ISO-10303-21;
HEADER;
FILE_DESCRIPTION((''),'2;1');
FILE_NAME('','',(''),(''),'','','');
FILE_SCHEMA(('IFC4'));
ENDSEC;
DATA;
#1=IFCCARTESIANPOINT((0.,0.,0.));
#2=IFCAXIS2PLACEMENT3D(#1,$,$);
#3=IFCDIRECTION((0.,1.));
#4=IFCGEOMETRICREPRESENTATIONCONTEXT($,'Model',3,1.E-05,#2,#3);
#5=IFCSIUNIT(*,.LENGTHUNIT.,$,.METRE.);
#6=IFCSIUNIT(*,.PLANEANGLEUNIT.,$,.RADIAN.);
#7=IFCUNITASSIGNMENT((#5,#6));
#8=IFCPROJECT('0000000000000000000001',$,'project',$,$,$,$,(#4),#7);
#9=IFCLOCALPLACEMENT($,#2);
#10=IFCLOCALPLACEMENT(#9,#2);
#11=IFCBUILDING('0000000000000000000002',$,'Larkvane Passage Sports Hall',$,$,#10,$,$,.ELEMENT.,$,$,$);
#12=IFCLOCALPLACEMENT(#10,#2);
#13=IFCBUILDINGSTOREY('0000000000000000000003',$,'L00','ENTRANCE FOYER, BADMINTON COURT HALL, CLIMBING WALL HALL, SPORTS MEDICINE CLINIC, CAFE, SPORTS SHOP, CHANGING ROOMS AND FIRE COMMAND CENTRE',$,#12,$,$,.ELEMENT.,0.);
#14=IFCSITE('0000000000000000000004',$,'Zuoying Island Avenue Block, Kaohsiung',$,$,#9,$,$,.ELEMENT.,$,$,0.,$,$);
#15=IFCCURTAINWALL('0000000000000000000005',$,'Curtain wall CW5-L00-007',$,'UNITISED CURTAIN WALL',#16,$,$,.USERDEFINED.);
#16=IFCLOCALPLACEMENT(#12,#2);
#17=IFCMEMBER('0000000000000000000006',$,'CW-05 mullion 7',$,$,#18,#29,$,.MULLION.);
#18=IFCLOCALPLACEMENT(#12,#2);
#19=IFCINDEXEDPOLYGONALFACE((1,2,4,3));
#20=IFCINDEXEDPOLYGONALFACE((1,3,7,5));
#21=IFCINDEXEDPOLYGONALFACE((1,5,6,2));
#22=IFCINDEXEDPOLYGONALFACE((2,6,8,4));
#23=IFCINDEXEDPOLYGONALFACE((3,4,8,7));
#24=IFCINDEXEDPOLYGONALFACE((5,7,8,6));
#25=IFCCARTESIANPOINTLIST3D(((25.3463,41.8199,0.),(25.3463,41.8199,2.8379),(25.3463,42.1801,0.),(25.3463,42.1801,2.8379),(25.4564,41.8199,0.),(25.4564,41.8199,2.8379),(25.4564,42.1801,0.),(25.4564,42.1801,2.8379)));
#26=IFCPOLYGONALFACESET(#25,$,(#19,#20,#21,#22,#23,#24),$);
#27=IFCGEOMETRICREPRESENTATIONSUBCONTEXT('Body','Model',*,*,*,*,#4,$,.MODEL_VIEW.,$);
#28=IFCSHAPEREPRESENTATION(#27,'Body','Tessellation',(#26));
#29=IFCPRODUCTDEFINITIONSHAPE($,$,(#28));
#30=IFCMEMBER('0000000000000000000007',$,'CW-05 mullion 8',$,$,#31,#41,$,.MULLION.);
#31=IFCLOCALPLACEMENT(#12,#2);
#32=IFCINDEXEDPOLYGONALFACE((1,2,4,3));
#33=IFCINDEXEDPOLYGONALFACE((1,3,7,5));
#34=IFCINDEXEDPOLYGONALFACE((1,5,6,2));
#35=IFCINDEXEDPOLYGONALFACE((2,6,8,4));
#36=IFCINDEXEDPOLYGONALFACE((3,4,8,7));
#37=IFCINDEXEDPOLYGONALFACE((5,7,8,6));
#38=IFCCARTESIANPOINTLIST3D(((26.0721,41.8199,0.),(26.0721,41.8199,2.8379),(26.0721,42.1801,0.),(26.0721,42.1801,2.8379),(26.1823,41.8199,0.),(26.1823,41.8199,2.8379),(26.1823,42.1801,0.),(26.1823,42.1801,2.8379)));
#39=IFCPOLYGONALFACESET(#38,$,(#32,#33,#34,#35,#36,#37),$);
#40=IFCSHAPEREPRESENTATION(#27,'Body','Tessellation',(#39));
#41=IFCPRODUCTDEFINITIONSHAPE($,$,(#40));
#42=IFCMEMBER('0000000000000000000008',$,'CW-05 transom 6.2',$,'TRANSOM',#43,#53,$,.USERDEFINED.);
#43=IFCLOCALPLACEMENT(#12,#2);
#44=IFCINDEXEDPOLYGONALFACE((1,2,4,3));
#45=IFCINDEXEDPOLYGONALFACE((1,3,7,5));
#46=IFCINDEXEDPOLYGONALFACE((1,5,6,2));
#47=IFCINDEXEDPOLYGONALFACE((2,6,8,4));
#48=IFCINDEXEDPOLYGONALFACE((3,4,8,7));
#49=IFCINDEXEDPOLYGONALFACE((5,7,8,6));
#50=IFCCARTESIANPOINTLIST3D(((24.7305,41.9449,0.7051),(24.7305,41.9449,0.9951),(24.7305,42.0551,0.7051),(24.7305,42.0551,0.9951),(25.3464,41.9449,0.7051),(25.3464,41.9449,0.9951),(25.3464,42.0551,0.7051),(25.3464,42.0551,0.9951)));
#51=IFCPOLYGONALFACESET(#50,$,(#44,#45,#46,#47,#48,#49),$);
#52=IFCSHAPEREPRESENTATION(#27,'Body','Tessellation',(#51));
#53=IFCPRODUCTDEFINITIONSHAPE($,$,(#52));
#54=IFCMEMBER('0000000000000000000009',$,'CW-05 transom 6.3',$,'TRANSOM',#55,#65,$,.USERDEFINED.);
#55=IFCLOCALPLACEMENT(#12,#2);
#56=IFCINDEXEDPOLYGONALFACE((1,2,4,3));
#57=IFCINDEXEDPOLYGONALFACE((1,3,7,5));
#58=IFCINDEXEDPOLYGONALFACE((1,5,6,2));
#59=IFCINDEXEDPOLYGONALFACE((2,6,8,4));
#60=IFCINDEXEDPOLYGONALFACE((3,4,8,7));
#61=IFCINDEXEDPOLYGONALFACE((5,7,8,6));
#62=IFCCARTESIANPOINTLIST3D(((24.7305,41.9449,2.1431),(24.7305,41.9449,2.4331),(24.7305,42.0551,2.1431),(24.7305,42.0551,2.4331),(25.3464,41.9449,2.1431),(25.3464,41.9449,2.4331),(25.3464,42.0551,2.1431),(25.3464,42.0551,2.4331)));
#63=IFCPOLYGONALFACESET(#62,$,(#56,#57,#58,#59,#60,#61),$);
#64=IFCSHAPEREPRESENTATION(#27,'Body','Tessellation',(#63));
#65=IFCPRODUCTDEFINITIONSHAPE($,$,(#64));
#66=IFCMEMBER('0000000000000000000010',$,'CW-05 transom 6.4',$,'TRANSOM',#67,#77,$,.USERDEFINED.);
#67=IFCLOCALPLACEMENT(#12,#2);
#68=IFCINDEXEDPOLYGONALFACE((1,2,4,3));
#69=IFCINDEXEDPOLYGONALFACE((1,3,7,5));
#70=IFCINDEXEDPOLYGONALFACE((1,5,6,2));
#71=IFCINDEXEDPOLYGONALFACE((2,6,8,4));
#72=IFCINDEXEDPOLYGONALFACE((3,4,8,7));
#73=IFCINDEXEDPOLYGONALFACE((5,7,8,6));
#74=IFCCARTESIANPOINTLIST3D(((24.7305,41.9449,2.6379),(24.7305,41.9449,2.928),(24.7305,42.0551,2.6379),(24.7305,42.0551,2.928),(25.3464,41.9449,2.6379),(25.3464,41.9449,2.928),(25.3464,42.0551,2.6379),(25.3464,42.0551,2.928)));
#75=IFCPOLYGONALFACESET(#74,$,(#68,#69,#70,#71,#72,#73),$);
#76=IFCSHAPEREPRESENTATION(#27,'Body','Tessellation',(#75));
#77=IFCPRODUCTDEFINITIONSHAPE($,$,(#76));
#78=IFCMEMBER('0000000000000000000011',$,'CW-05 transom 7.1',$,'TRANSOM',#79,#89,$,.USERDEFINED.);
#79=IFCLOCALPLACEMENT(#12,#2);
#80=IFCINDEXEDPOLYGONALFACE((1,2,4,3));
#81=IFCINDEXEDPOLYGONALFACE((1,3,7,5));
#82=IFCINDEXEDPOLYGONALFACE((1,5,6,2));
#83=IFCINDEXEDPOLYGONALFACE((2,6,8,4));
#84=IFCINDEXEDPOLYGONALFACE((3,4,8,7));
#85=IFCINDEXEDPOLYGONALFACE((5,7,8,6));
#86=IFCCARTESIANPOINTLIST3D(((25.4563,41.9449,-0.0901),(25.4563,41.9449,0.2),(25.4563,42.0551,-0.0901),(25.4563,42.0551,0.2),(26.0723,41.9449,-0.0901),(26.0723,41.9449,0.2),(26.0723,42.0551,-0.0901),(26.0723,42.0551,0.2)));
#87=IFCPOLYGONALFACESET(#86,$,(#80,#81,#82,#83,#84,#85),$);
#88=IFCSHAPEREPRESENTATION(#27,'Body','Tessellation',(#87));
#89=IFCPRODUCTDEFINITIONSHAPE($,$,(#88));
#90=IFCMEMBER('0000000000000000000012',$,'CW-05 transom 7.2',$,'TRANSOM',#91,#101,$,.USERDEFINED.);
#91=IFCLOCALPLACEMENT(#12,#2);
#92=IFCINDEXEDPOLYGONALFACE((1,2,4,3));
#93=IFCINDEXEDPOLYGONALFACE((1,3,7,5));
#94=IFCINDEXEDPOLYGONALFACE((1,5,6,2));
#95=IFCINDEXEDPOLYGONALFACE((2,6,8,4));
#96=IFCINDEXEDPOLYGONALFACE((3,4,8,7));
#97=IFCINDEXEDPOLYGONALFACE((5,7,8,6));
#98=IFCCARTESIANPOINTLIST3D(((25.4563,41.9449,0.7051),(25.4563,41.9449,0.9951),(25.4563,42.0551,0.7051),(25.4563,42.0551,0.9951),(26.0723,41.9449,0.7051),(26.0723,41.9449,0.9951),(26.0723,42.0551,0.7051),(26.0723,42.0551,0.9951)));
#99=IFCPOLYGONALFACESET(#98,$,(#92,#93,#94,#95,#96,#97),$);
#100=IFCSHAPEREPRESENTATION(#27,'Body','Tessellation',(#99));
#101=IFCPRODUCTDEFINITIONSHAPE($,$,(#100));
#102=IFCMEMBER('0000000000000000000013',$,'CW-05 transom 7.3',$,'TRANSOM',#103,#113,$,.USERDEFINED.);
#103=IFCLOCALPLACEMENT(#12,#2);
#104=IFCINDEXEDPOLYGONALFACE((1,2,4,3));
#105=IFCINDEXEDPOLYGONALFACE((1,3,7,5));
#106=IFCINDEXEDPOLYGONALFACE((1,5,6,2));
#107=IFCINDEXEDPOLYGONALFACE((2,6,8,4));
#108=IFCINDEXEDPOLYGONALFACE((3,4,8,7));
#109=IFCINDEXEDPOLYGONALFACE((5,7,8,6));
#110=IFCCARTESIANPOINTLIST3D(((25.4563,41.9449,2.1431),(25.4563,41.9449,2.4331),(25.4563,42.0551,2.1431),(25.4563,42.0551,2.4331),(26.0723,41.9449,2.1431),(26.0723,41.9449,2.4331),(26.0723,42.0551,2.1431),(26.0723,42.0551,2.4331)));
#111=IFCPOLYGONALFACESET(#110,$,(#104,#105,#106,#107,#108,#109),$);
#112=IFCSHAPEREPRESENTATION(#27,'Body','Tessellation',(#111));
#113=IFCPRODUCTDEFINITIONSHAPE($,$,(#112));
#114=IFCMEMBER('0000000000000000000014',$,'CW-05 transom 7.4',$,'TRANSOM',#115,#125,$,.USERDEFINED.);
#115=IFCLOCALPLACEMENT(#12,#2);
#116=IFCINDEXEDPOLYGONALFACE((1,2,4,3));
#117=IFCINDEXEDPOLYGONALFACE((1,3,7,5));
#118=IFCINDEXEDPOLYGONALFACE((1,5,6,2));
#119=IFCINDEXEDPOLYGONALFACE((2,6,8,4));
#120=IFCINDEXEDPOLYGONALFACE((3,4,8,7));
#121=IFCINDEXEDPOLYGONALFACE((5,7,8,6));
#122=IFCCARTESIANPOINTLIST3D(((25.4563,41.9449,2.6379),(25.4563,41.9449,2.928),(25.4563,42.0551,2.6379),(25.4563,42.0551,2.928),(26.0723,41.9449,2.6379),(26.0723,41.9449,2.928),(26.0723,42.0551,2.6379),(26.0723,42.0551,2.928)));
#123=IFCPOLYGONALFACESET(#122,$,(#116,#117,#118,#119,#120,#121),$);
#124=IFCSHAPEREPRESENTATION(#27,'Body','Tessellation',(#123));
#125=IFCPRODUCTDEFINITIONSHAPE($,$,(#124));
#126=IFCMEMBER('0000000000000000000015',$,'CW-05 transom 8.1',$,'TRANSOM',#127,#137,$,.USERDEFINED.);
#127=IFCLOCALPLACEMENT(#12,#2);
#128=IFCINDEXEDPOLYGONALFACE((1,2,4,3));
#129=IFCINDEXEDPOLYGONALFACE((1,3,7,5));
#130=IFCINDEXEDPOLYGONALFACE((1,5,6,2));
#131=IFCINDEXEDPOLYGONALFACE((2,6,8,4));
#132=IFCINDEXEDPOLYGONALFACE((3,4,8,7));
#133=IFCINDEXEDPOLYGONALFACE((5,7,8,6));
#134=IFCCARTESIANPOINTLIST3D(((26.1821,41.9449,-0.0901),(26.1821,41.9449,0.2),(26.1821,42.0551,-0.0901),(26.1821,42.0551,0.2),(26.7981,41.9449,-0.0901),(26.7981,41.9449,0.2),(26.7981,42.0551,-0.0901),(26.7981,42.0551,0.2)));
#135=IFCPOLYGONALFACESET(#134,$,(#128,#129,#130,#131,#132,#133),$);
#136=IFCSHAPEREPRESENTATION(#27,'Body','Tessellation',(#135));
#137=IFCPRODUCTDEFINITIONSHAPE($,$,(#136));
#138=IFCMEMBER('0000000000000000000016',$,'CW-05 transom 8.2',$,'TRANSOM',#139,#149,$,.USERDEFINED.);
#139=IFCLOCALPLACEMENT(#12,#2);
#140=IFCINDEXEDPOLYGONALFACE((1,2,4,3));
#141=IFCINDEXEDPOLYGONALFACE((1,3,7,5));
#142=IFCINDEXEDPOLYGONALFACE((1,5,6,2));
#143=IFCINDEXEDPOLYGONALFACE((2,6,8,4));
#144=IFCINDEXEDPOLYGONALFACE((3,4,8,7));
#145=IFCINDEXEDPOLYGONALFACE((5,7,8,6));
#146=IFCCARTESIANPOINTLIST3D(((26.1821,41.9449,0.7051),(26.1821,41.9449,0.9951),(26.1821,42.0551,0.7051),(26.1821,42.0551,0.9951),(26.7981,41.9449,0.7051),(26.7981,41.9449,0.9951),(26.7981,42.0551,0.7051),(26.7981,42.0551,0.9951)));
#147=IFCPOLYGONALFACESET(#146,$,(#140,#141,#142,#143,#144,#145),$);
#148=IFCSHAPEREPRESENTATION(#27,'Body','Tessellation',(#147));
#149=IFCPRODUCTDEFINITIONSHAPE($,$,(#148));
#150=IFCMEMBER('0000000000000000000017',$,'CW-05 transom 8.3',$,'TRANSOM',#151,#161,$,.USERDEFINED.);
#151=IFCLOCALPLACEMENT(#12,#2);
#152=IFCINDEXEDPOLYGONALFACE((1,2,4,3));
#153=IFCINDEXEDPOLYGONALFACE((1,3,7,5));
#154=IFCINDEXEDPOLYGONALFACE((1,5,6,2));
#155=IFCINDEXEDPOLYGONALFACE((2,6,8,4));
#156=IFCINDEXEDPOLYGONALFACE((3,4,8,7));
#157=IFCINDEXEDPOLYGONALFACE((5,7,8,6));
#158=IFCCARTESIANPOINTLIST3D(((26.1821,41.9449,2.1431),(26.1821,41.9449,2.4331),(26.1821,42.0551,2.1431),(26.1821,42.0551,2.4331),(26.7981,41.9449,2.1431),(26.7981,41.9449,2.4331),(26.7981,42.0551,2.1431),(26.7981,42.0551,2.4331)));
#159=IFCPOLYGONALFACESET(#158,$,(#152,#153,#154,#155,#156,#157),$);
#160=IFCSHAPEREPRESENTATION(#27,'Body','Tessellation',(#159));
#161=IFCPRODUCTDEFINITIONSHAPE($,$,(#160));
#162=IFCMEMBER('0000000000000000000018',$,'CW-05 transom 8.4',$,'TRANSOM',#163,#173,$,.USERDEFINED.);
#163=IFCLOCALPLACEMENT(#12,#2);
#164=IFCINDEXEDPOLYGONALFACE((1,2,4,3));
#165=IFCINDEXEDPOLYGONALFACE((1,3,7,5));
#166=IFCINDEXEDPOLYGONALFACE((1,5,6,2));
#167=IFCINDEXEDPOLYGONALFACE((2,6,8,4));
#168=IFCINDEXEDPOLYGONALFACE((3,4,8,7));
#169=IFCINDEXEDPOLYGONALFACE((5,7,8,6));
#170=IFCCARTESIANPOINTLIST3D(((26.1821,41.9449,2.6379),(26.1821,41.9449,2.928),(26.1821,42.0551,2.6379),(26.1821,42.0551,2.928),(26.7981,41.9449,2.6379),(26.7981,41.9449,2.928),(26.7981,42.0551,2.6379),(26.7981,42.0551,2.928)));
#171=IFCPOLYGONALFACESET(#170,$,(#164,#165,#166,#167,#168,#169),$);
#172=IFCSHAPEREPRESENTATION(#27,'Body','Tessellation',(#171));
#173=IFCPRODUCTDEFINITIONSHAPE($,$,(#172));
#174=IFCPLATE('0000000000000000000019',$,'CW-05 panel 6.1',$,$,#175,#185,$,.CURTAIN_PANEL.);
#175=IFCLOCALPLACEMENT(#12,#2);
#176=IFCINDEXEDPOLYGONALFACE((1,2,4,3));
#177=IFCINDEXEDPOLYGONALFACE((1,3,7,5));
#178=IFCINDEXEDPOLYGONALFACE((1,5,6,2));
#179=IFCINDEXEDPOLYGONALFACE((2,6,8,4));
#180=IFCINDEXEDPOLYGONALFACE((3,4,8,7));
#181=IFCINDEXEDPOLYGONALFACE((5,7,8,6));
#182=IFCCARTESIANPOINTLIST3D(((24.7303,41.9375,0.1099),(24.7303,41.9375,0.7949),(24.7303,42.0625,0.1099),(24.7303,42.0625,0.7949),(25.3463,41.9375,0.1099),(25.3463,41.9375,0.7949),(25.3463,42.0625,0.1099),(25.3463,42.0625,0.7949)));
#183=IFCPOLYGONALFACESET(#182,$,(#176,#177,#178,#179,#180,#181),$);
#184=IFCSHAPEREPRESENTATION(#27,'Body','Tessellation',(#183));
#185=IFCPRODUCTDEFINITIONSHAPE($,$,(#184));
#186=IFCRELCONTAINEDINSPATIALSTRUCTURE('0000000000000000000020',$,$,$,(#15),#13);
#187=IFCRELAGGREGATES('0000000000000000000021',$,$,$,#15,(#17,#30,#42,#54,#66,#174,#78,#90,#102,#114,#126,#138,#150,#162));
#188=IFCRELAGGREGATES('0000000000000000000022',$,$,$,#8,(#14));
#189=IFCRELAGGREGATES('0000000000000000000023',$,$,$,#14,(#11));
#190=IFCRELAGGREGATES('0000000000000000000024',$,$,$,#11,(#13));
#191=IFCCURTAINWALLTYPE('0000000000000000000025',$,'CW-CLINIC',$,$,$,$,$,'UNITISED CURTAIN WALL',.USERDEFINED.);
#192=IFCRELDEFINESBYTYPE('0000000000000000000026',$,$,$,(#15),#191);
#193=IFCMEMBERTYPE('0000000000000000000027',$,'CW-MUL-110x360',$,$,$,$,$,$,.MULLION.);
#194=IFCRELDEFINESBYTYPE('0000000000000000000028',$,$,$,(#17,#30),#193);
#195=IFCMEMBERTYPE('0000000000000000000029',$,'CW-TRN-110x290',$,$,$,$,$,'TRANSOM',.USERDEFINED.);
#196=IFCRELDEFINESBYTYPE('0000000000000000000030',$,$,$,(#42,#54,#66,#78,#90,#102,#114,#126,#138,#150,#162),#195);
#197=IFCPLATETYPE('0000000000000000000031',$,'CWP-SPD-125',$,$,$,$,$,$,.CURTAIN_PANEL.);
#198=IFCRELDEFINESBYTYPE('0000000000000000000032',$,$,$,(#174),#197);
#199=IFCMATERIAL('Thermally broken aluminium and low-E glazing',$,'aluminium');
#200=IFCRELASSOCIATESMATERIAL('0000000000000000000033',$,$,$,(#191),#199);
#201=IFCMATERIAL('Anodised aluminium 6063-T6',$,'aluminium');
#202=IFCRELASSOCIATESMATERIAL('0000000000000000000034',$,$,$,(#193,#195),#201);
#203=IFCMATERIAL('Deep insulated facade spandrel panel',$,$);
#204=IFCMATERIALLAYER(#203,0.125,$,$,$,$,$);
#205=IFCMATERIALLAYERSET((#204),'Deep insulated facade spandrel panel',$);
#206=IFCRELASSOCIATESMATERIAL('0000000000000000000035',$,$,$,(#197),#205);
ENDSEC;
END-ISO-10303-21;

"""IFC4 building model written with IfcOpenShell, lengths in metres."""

from ifc_helpers import new_model, si_unit, direction, frame, origin, origin_2d, place, context, subcontext, project, spatial, rectangle, extrude, material, layer, layer_set, material_profile, profile_set, type_object, element, aggregate, save


model = new_model("IFC4")

# Units and contexts
model_context = context("Model", 3, precision=1e-05, world=origin(), true_north=direction((0.0, 1.0)))
body_context = subcontext(model_context, "Body", "Model", "MODEL_VIEW")
ifc_project = project(units=[si_unit("LENGTHUNIT", "METRE"), si_unit("PLANEANGLEUNIT", "RADIAN")], contexts=[model_context])

# Site, building, storey
site_placement = place(None, origin())
site = spatial("IfcSite", under=ifc_project, at=site_placement, Name="Zuoying Island Avenue Block, Kaohsiung", CompositionType="ELEMENT", RefElevation=0.0)
building_placement = place(site_placement, origin())
building = spatial("IfcBuilding", under=site, at=building_placement, Name="Larkvane Passage Sports Hall", CompositionType="ELEMENT")
storey_placement = place(building_placement, origin())
storey = spatial("IfcBuildingStorey", under=building, at=storey_placement, Name="L00", Description="ENTRANCE FOYER, BADMINTON COURT HALL, CLIMBING WALL HALL, SPORTS MEDICINE CLINIC, CAFE, SPORTS SHOP, CHANGING ROOMS AND FIRE COMMAND CENTRE", CompositionType="ELEMENT", Elevation=0.0)

# Curtain wall, members, plate
ifc_material_1 = material(Name="Thermally broken aluminium and low-E glazing", Category="aluminium")
curtain_wall_type = type_object("IfcCurtainWallType", Name="CW-CLINIC", ElementType="UNITISED CURTAIN WALL", PredefinedType="USERDEFINED", material=ifc_material_1)
curtain_wall_placement = place(storey_placement, origin())
curtain_wall = element("IfcCurtainWall", 1, at=curtain_wall_placement, inside=storey, type_object=curtain_wall_type, Name="Curtain wall CW5-L00-007", ObjectType="UNITISED CURTAIN WALL", PredefinedType="USERDEFINED")
ifc_material_2 = material(Name="Anodised aluminium 6063-T6", Category="aluminium")
ifc_material_profile_1 = material_profile(ifc_material_2, rectangle(XDim=0.1101, YDim=0.3601, at=origin_2d()), Name="ALU-MUL-110x360")
ifc_profile_set_1 = profile_set([ifc_material_profile_1], Name="Anodised aluminium 6063-T6")
member_type_1 = type_object("IfcMemberType", Name="CW-MUL-110x360", PredefinedType="MULLION", material=ifc_profile_set_1)
member_1_placement = place(storey_placement, frame((25.4014, 42.0, 0.0), z_axis=(0.0, 0.0, 1.0), x_axis=(1.0, 0.0, 0.0)))
member_1 = element("IfcMember", 2, at=member_1_placement, type_object=member_type_1, Name="CW-05 mullion 7", PredefinedType="MULLION", context=body_context, shape_type="SweptSolid", body=[
    extrude(rectangle(XDim=0.1101, YDim=0.3601, at=origin_2d()), origin(), (0.0, 0.0, 1.0), 2.8379),
])
member_2_placement = place(storey_placement, frame((26.1272, 42.0, 0.0), z_axis=(0.0, 0.0, 1.0), x_axis=(1.0, 0.0, 0.0)))
member_2 = element("IfcMember", 3, at=member_2_placement, type_object=member_type_1, Name="CW-05 mullion 8", PredefinedType="MULLION", context=body_context, shape_type="SweptSolid", body=[
    extrude(rectangle(XDim=0.1101, YDim=0.3601, at=origin_2d()), origin(), (0.0, 0.0, 1.0), 2.8379),
])
ifc_material_profile_2 = material_profile(ifc_material_2, rectangle(XDim=0.1101, YDim=0.29, at=origin_2d()), Name="ALU-TRN-110x290")
ifc_profile_set_2 = profile_set([ifc_material_profile_2], Name="Anodised aluminium 6063-T6")
member_type_2 = type_object("IfcMemberType", Name="CW-TRN-110x290", ElementType="TRANSOM", PredefinedType="USERDEFINED", material=ifc_profile_set_2)
member_3_placement = place(storey_placement, frame((24.7305, 42.0, 0.8501), z_axis=(1.0, 0.0, 0.0), x_axis=(0.0, 1.0, 0.0)))
member_3 = element("IfcMember", 4, at=member_3_placement, type_object=member_type_2, Name="CW-05 transom 6.2", ObjectType="TRANSOM", PredefinedType="USERDEFINED", context=body_context, shape_type="SweptSolid", body=[
    extrude(rectangle(XDim=0.1101, YDim=0.29, at=origin_2d()), origin(), (0.0, 0.0, 1.0), 0.616),
])
member_4_placement = place(storey_placement, frame((24.7305, 42.0, 2.2881), z_axis=(1.0, 0.0, 0.0), x_axis=(0.0, 1.0, 0.0)))
member_4 = element("IfcMember", 5, at=member_4_placement, type_object=member_type_2, Name="CW-05 transom 6.3", ObjectType="TRANSOM", PredefinedType="USERDEFINED", context=body_context, shape_type="SweptSolid", body=[
    extrude(rectangle(XDim=0.1101, YDim=0.29, at=origin_2d()), origin(), (0.0, 0.0, 1.0), 0.616),
])
member_5_placement = place(storey_placement, frame((24.7305, 42.0, 2.783), z_axis=(1.0, 0.0, 0.0), x_axis=(0.0, 1.0, 0.0)))
member_5 = element("IfcMember", 6, at=member_5_placement, type_object=member_type_2, Name="CW-05 transom 6.4", ObjectType="TRANSOM", PredefinedType="USERDEFINED", context=body_context, shape_type="SweptSolid", body=[
    extrude(rectangle(XDim=0.1101, YDim=0.29, at=origin_2d()), origin(), (0.0, 0.0, 1.0), 0.616),
])
member_6_placement = place(storey_placement, frame((25.4563, 42.0, 0.0549), z_axis=(1.0, 0.0, 0.0), x_axis=(0.0, 1.0, 0.0)))
member_6 = element("IfcMember", 7, at=member_6_placement, type_object=member_type_2, Name="CW-05 transom 7.1", ObjectType="TRANSOM", PredefinedType="USERDEFINED", context=body_context, shape_type="SweptSolid", body=[
    extrude(rectangle(XDim=0.1101, YDim=0.29, at=origin_2d()), origin(), (0.0, 0.0, 1.0), 0.616),
])
member_7_placement = place(storey_placement, frame((25.4563, 42.0, 0.8501), z_axis=(1.0, 0.0, 0.0), x_axis=(0.0, 1.0, 0.0)))
member_7 = element("IfcMember", 8, at=member_7_placement, type_object=member_type_2, Name="CW-05 transom 7.2", ObjectType="TRANSOM", PredefinedType="USERDEFINED", context=body_context, shape_type="SweptSolid", body=[
    extrude(rectangle(XDim=0.1101, YDim=0.29, at=origin_2d()), origin(), (0.0, 0.0, 1.0), 0.616),
])
member_8_placement = place(storey_placement, frame((25.4563, 42.0, 2.2881), z_axis=(1.0, 0.0, 0.0), x_axis=(0.0, 1.0, 0.0)))
member_8 = element("IfcMember", 9, at=member_8_placement, type_object=member_type_2, Name="CW-05 transom 7.3", ObjectType="TRANSOM", PredefinedType="USERDEFINED", context=body_context, shape_type="SweptSolid", body=[
    extrude(rectangle(XDim=0.1101, YDim=0.29, at=origin_2d()), origin(), (0.0, 0.0, 1.0), 0.616),
])
member_9_placement = place(storey_placement, frame((25.4563, 42.0, 2.783), z_axis=(1.0, 0.0, 0.0), x_axis=(0.0, 1.0, 0.0)))
member_9 = element("IfcMember", 10, at=member_9_placement, type_object=member_type_2, Name="CW-05 transom 7.4", ObjectType="TRANSOM", PredefinedType="USERDEFINED", context=body_context, shape_type="SweptSolid", body=[
    extrude(rectangle(XDim=0.1101, YDim=0.29, at=origin_2d()), origin(), (0.0, 0.0, 1.0), 0.616),
])
member_10_placement = place(storey_placement, frame((26.1821, 42.0, 0.0549), z_axis=(1.0, 0.0, 0.0), x_axis=(0.0, 1.0, 0.0)))
member_10 = element("IfcMember", 11, at=member_10_placement, type_object=member_type_2, Name="CW-05 transom 8.1", ObjectType="TRANSOM", PredefinedType="USERDEFINED", context=body_context, shape_type="SweptSolid", body=[
    extrude(rectangle(XDim=0.1101, YDim=0.29, at=origin_2d()), origin(), (0.0, 0.0, 1.0), 0.616),
])
member_11_placement = place(storey_placement, frame((26.1821, 42.0, 0.8501), z_axis=(1.0, 0.0, 0.0), x_axis=(0.0, 1.0, 0.0)))
member_11 = element("IfcMember", 12, at=member_11_placement, type_object=member_type_2, Name="CW-05 transom 8.2", ObjectType="TRANSOM", PredefinedType="USERDEFINED", context=body_context, shape_type="SweptSolid", body=[
    extrude(rectangle(XDim=0.1101, YDim=0.29, at=origin_2d()), origin(), (0.0, 0.0, 1.0), 0.616),
])
member_12_placement = place(storey_placement, frame((26.1821, 42.0, 2.2881), z_axis=(1.0, 0.0, 0.0), x_axis=(0.0, 1.0, 0.0)))
member_12 = element("IfcMember", 13, at=member_12_placement, type_object=member_type_2, Name="CW-05 transom 8.3", ObjectType="TRANSOM", PredefinedType="USERDEFINED", context=body_context, shape_type="SweptSolid", body=[
    extrude(rectangle(XDim=0.1101, YDim=0.29, at=origin_2d()), origin(), (0.0, 0.0, 1.0), 0.616),
])
member_13_placement = place(storey_placement, frame((26.1821, 42.0, 2.783), z_axis=(1.0, 0.0, 0.0), x_axis=(0.0, 1.0, 0.0)))
member_13 = element("IfcMember", 14, at=member_13_placement, type_object=member_type_2, Name="CW-05 transom 8.4", ObjectType="TRANSOM", PredefinedType="USERDEFINED", context=body_context, shape_type="SweptSolid", body=[
    extrude(rectangle(XDim=0.1101, YDim=0.29, at=origin_2d()), origin(), (0.0, 0.0, 1.0), 0.616),
])
ifc_material_3 = material(Name="Deep insulated facade spandrel panel")
ifc_layer_1 = layer(ifc_material_3, 0.125)
ifc_layer_set_1 = layer_set([ifc_layer_1], Name="Deep insulated facade spandrel panel")
plate_type_1 = type_object("IfcPlateType", Name="CWP-SPD-125", PredefinedType="CURTAIN_PANEL", material=ifc_layer_set_1)
plate_1_placement = place(storey_placement, frame((25.0383, 42.0, 0.1099), z_axis=(0.0, 0.0, 1.0), x_axis=(1.0, 0.0, 0.0)))
plate_1 = element("IfcPlate", 15, at=plate_1_placement, type_object=plate_type_1, Name="CW-05 panel 6.1", PredefinedType="CURTAIN_PANEL", context=body_context, shape_type="SweptSolid", body=[
    extrude(rectangle(XDim=0.616, YDim=0.125, at=origin_2d()), origin(), (0.0, 0.0, 1.0), 0.6851),
])
aggregate(curtain_wall, [member_1, member_2, member_3, member_4, member_5, plate_1, member_6, member_7, member_8, member_9, member_10, member_11, member_12, member_13])

save(model, "model.ifc")
